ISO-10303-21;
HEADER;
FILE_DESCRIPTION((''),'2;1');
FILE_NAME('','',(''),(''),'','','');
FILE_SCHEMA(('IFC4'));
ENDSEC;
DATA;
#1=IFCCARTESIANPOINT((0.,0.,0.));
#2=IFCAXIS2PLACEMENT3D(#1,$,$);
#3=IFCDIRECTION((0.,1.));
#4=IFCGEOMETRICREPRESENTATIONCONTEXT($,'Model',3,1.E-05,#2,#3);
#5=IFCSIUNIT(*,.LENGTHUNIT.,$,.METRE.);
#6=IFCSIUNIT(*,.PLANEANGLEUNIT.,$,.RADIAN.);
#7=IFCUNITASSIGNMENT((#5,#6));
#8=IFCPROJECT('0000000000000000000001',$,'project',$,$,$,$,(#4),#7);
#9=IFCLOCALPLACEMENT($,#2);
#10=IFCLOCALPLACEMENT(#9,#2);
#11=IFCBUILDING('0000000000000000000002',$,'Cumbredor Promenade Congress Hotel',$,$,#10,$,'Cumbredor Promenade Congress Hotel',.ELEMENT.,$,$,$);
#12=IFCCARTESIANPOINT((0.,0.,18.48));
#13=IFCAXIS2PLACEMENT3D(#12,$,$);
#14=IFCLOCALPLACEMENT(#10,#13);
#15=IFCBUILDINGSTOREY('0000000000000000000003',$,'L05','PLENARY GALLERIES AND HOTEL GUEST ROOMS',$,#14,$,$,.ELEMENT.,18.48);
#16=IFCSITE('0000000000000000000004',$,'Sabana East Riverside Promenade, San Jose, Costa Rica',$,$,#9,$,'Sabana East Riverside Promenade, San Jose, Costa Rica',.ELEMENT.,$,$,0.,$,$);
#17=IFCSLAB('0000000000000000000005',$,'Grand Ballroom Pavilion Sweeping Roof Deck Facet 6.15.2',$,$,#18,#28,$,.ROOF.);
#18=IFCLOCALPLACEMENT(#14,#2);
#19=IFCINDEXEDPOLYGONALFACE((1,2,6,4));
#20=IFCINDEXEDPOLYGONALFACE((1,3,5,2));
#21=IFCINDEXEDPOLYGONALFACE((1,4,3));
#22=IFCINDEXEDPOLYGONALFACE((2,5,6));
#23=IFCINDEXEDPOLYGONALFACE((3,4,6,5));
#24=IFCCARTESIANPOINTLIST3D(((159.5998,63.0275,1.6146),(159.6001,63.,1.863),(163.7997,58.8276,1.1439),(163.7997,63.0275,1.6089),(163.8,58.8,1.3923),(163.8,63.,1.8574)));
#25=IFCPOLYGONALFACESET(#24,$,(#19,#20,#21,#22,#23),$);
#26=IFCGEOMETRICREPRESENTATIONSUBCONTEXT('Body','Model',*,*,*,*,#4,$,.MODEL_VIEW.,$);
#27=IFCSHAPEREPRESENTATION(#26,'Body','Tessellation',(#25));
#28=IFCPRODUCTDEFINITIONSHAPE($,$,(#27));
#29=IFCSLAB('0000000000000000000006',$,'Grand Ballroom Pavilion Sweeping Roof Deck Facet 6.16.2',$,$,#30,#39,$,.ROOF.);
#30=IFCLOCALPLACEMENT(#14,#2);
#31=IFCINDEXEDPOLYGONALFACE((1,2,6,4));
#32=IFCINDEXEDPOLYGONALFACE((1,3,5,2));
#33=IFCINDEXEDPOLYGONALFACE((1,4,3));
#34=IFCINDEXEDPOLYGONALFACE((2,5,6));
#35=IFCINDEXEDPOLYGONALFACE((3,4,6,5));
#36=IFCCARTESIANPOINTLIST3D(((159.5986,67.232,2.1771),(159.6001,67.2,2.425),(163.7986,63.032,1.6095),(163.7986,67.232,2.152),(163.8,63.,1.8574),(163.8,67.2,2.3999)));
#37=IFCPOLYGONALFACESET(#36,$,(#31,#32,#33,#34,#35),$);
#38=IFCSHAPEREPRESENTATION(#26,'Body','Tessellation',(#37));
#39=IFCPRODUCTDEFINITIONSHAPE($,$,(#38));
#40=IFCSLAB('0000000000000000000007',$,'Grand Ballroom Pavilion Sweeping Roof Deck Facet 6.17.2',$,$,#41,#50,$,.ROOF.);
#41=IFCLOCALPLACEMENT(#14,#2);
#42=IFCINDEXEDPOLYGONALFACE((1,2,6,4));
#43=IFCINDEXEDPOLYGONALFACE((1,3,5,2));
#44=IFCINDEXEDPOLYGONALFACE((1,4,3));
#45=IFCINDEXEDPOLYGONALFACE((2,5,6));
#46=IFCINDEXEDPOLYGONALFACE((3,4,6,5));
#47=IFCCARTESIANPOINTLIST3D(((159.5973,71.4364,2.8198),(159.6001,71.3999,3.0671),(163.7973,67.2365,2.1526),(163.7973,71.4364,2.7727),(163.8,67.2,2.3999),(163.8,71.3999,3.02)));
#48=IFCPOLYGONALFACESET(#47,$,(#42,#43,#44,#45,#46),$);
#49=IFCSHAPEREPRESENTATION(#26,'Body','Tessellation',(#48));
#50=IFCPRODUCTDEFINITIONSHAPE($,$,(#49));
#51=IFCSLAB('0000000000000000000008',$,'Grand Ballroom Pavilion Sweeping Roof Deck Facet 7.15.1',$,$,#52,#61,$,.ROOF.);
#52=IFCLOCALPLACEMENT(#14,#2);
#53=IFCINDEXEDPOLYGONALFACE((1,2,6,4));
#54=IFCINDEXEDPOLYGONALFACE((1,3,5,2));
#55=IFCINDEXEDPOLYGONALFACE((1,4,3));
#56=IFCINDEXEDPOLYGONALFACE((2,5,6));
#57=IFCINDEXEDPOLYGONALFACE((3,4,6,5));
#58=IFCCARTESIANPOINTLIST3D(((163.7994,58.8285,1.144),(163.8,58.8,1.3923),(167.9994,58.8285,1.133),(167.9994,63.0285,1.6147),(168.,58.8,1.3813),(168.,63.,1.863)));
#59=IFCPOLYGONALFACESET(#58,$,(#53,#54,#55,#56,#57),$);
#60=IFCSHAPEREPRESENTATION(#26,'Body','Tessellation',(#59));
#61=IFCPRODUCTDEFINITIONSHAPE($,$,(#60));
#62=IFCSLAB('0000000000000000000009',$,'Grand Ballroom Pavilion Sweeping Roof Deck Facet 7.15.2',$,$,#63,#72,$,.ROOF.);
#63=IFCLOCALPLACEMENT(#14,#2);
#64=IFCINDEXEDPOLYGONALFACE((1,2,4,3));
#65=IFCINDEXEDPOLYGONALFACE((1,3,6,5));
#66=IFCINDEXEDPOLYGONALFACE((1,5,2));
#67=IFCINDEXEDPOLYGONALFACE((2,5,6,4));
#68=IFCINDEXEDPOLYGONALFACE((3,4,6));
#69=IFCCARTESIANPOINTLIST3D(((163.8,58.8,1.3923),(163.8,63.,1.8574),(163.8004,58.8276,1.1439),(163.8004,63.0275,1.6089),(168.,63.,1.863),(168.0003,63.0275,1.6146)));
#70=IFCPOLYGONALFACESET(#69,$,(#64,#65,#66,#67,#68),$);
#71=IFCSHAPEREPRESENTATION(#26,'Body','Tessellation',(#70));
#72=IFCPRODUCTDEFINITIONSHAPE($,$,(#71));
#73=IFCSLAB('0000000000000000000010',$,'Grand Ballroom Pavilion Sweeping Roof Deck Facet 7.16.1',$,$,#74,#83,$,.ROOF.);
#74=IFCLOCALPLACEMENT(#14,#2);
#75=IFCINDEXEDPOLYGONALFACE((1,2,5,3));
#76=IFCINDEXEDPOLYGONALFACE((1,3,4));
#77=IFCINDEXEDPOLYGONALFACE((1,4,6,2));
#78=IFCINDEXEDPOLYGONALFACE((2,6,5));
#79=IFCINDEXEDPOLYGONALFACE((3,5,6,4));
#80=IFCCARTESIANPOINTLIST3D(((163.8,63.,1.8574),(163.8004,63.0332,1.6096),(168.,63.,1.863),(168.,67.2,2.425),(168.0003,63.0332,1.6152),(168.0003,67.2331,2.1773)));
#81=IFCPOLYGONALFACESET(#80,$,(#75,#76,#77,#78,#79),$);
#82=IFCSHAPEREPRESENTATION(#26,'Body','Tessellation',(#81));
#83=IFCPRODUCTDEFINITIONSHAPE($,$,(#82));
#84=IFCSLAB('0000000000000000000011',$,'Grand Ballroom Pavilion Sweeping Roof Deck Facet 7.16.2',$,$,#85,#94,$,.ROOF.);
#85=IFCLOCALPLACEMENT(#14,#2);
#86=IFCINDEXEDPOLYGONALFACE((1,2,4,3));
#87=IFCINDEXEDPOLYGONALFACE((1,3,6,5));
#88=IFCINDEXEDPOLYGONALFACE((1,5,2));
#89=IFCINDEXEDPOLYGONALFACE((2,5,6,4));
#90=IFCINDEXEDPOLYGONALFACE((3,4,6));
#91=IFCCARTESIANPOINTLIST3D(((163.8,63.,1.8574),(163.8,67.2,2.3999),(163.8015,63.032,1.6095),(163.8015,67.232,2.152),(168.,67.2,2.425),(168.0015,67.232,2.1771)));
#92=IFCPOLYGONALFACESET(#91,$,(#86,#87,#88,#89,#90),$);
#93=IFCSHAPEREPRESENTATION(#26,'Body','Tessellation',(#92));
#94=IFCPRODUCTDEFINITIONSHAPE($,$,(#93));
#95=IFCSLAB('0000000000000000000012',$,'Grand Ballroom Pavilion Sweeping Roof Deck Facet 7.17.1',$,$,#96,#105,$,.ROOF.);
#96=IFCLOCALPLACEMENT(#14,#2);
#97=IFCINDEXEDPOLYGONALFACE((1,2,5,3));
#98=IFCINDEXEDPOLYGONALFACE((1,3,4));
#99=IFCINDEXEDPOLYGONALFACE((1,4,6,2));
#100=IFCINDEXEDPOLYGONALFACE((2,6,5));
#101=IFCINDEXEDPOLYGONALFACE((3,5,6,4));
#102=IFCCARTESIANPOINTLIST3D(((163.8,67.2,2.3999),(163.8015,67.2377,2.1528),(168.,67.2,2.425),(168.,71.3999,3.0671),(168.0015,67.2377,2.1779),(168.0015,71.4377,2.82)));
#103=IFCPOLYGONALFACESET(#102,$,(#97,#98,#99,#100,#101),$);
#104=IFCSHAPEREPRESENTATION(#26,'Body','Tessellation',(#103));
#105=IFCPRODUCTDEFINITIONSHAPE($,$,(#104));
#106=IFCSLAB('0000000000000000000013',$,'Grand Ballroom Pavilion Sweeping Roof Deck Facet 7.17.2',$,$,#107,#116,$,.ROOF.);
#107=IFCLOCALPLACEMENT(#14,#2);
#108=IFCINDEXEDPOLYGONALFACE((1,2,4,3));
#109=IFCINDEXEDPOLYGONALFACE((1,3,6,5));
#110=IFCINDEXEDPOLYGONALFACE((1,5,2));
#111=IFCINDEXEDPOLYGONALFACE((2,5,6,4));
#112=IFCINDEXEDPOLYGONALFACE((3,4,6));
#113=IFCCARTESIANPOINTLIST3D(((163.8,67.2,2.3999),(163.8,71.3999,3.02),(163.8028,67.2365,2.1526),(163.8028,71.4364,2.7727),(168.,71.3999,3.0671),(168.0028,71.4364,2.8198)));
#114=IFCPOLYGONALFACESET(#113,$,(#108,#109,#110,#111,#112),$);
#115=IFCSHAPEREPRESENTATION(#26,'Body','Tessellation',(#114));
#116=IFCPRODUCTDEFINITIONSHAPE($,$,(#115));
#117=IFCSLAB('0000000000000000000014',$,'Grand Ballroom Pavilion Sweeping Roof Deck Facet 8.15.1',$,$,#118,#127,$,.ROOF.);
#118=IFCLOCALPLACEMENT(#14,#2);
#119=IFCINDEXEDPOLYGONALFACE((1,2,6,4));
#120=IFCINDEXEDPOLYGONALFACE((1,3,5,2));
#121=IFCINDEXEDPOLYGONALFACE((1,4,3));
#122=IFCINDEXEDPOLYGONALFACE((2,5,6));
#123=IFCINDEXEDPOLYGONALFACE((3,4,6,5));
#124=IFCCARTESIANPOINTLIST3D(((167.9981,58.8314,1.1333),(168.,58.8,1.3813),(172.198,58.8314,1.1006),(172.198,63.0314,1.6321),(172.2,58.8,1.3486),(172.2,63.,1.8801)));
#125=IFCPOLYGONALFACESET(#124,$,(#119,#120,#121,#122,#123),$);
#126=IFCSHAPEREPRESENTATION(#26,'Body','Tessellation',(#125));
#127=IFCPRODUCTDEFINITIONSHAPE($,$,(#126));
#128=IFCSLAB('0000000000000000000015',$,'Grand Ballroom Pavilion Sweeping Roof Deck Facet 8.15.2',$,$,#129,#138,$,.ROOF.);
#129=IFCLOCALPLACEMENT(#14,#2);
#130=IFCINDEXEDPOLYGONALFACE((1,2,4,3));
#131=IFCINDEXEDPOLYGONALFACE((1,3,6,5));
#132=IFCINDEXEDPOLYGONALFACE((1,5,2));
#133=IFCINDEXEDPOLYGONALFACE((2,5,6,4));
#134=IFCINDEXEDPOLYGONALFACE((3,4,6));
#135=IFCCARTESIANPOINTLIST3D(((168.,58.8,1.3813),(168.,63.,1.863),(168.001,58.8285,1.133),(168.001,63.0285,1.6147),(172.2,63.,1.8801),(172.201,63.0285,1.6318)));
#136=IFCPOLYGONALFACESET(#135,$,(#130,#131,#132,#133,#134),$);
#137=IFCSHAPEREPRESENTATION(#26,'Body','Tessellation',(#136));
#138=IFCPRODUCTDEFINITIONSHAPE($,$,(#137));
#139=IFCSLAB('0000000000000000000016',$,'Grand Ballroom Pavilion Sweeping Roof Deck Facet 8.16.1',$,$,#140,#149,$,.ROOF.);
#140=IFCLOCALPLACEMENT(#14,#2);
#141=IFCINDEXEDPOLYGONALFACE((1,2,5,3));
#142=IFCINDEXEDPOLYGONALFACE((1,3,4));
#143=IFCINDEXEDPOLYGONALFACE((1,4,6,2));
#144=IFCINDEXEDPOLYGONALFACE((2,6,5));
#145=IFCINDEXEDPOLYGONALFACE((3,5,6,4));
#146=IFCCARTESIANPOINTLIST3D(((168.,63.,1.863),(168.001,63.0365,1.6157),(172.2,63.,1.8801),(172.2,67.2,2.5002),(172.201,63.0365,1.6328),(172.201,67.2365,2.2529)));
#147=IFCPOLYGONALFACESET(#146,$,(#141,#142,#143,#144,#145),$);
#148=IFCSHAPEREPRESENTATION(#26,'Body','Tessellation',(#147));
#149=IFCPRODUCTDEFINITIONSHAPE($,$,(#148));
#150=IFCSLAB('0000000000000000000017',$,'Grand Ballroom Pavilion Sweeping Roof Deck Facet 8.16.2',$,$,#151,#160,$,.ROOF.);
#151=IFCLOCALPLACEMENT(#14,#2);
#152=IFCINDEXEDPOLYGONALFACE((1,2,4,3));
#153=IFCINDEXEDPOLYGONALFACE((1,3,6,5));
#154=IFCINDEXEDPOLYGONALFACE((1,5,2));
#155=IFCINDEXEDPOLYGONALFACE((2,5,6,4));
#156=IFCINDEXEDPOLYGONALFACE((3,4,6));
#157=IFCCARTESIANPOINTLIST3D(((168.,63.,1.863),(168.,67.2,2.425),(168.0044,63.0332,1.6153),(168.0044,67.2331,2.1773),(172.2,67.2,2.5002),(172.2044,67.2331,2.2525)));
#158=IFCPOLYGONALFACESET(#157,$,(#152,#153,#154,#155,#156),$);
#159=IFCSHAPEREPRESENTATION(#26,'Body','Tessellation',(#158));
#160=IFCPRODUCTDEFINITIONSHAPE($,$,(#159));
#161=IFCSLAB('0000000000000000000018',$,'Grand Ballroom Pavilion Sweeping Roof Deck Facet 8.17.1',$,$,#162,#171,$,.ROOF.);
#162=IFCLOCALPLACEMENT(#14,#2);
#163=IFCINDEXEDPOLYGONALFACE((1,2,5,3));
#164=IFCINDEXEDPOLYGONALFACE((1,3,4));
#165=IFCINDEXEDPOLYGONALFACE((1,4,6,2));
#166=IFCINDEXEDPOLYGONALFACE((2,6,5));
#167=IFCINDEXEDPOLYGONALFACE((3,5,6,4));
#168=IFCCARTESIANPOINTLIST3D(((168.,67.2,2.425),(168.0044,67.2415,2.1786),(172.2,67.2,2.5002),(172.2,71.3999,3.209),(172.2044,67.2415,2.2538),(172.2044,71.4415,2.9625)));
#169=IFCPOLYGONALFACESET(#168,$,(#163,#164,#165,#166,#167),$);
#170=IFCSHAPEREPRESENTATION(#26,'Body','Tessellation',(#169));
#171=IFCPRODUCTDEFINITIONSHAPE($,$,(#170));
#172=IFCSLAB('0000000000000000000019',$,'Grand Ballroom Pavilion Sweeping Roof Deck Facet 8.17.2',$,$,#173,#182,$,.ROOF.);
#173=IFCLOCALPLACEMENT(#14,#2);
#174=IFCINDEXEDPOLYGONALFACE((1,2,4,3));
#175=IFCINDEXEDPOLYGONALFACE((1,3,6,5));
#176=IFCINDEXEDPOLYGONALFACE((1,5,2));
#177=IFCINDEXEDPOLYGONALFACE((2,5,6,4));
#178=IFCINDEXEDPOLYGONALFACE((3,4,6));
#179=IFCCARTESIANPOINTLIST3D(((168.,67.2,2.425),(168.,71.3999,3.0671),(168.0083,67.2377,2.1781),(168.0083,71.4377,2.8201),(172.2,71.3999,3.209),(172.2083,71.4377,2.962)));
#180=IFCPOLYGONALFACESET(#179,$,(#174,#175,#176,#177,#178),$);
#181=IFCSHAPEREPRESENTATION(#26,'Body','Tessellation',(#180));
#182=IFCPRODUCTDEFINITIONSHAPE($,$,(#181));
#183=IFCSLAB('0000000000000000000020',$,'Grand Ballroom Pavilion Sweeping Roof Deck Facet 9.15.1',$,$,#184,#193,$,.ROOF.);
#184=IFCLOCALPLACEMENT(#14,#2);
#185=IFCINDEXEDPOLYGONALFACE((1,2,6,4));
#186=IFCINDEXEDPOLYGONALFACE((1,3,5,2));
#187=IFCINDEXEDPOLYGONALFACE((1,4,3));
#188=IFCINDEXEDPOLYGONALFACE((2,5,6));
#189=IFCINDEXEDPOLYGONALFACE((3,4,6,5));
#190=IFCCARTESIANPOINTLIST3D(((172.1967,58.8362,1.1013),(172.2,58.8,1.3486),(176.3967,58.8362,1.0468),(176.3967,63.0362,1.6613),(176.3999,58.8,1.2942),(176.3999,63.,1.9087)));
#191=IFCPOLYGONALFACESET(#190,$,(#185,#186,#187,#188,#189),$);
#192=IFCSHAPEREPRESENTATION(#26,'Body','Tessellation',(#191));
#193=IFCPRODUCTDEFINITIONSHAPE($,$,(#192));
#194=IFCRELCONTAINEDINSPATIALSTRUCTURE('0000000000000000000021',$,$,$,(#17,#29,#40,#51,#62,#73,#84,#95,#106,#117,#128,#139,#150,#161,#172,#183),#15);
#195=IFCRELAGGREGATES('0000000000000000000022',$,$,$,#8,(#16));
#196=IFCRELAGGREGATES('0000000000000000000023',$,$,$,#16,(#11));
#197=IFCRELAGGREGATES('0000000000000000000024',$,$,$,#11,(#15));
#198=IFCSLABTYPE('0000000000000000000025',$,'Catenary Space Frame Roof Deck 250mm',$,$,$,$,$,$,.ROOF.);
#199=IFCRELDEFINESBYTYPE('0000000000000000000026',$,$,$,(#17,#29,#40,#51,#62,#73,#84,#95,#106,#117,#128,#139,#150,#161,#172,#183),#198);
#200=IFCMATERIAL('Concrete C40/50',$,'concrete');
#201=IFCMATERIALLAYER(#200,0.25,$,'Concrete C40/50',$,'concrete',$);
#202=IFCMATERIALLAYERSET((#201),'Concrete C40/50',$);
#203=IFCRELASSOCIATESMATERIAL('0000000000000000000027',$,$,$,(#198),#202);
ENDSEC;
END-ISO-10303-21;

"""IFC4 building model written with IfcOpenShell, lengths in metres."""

from ifc_helpers import new_model, si_unit, direction, frame, origin, place, context, subcontext, project, spatial, polyline, outline, extrude, material, layer, layer_set, type_object, element, save


model = new_model("IFC4")

# Units and contexts
model_context = context("Model", 3, precision=1e-05, world=origin(), true_north=direction((0.0, 1.0)))
body_context = subcontext(model_context, "Body", "Model", "MODEL_VIEW")
ifc_project = project(units=[si_unit("LENGTHUNIT", "METRE"), si_unit("PLANEANGLEUNIT", "RADIAN")], contexts=[model_context])

# Site, building, storey
site_placement = place(None, origin())
site = spatial("IfcSite", under=ifc_project, at=site_placement, Name="Sabana East Riverside Promenade, San Jose, Costa Rica", LongName="Sabana East Riverside Promenade, San Jose, Costa Rica", CompositionType="ELEMENT", RefElevation=0.0)
building_placement = place(site_placement, origin())
building = spatial("IfcBuilding", under=site, at=building_placement, Name="Cumbredor Promenade Congress Hotel", LongName="Cumbredor Promenade Congress Hotel", CompositionType="ELEMENT")
storey_placement = place(building_placement, frame((0.0, 0.0, 18.48)))
storey = spatial("IfcBuildingStorey", under=building, at=storey_placement, Name="L05", Description="PLENARY GALLERIES AND HOTEL GUEST ROOMS", CompositionType="ELEMENT", Elevation=18.48)

# Slabs
ifc_material_1 = material(Name="Concrete C40/50", Category="concrete")
ifc_layer_1 = layer(ifc_material_1, 0.25, Name="Concrete C40/50", Category="concrete")
ifc_layer_set_1 = layer_set([ifc_layer_1], Name="Concrete C40/50")
slab_type = type_object("IfcSlabType", Name="Catenary Space Frame Roof Deck 250mm", PredefinedType="ROOF", material=ifc_layer_set_1)
slab_1_placement = place(storey_placement, frame((163.8, 58.8, 1.3923), z_axis=(0.001329, -0.110064, 0.993924), x_axis=(0.0, 0.993925, 0.110064)))
element("IfcSlab", 1, at=slab_1_placement, inside=storey, type_object=slab_type, Name="Grand Ballroom Pavilion Sweeping Roof Deck Facet 6.15.2", PredefinedType="ROOF", context=body_context, shape_type="SweptSolid", body=[
    extrude(outline(polyline([(0.0, 0.0), (4.2256, 0.0), (4.2262, 4.2), (0.0, 0.0)])), origin(), (0.0, 0.0, -1.0), 0.25),
])
slab_2_placement = place(storey_placement, frame((163.8, 63.0, 1.8574), z_axis=(0.005938, -0.128097, 0.991744), x_axis=(0.0, 0.991761, 0.128099)))
element("IfcSlab", 2, at=slab_2_placement, inside=storey, type_object=slab_type, Name="Grand Ballroom Pavilion Sweeping Roof Deck Facet 6.16.2", PredefinedType="ROOF", context=body_context, shape_type="SweptSolid", body=[
    extrude(outline(polyline([(0.0, 0.0), (4.2348, 0.0), (4.2381, 4.2), (0.0, 0.0)])), origin(), (0.0, 0.0, -1.0), 0.25),
])
slab_3_placement = place(storey_placement, frame((163.8, 67.2, 2.3999), z_axis=(0.011098, -0.146056, 0.989214), x_axis=(0.0, 0.989275, 0.146065)))
element("IfcSlab", 3, at=slab_3_placement, inside=storey, type_object=slab_type, Name="Grand Ballroom Pavilion Sweeping Roof Deck Facet 6.17.2", PredefinedType="ROOF", context=body_context, shape_type="SweptSolid", body=[
    extrude(outline(polyline([(0.0, 0.0), (4.2455, 0.0), (4.2524, 4.2002), (0.0, 0.0)])), origin(), (0.0, 0.0, -1.0), 0.25),
])
slab_4_placement = place(storey_placement, frame((163.8, 58.8, 1.3923), z_axis=(0.002599, -0.113942, 0.993484), x_axis=(0.999997, 0.0, -0.002616)))
element("IfcSlab", 4, at=slab_4_placement, inside=storey, type_object=slab_type, Name="Grand Ballroom Pavilion Sweeping Roof Deck Facet 7.15.1", PredefinedType="ROOF", context=body_context, shape_type="SweptSolid", body=[
    extrude(outline(polyline([(0.0, 0.0), (4.2, 0.0), (4.1987, 4.2275), (0.0, 0.0)])), origin(), (0.0, 0.0, -1.0), 0.25),
])
slab_5_placement = place(storey_placement, frame((163.8, 58.8, 1.3923), z_axis=(-0.001329, -0.110064, 0.993924), x_axis=(0.704897, 0.704897, 0.079)))
element("IfcSlab", 5, at=slab_5_placement, inside=storey, type_object=slab_type, Name="Grand Ballroom Pavilion Sweeping Roof Deck Facet 7.15.2", PredefinedType="ROOF", context=body_context, shape_type="SweptSolid", body=[
    extrude(outline(polyline([(0.0, 0.0), (5.9582, 0.0), (2.9973, 2.9786), (0.0, 0.0)])), origin(), (0.0, 0.0, -1.0), 0.25),
])
slab_6_placement = place(storey_placement, frame((163.8, 63.0, 1.8574), z_axis=(-0.001325, -0.132632, 0.991165), x_axis=(0.999999, 0.0, 0.001337)))
element("IfcSlab", 6, at=slab_6_placement, inside=storey, type_object=slab_type, Name="Grand Ballroom Pavilion Sweeping Roof Deck Facet 7.16.1", PredefinedType="ROOF", context=body_context, shape_type="SweptSolid", body=[
    extrude(outline(polyline([(0.0, 0.0), (4.2, 0.0), (4.2007, 4.2374), (0.0, 0.0)])), origin(), (0.0, 0.0, -1.0), 0.25),
])
slab_7_placement = place(storey_placement, frame((163.8, 63.0, 1.8574), z_axis=(-0.005938, -0.128097, 0.991744), x_axis=(0.7039, 0.7039, 0.095133)))
element("IfcSlab", 7, at=slab_7_placement, inside=storey, type_object=slab_type, Name="Grand Ballroom Pavilion Sweeping Roof Deck Facet 7.16.2", PredefinedType="ROOF", context=body_context, shape_type="SweptSolid", body=[
    extrude(outline(polyline([(0.0, 0.0), (5.9667, 0.0), (3.008, 2.981), (0.0, 0.0)])), origin(), (0.0, 0.0, -1.0), 0.25),
])
slab_8_placement = place(storey_placement, frame((163.8, 67.2, 2.3999), z_axis=(-0.005918, -0.151122, 0.988497), x_axis=(0.999982, 0.0, 0.005987)))
element("IfcSlab", 8, at=slab_8_placement, inside=storey, type_object=slab_type, Name="Grand Ballroom Pavilion Sweeping Roof Deck Facet 7.17.1", PredefinedType="ROOF", context=body_context, shape_type="SweptSolid", body=[
    extrude(outline(polyline([(0.0, 0.0), (4.2, 0.0), (4.2039, 4.2487), (0.0, 0.0)])), origin(), (0.0, 0.0, -1.0), 0.25),
])
slab_9_placement = place(storey_placement, frame((163.8, 67.2, 2.3999), z_axis=(-0.011098, -0.146056, 0.989214), x_axis=(0.702687, 0.702687, 0.111634)))
element("IfcSlab", 9, at=slab_9_placement, inside=storey, type_object=slab_type, Name="Grand Ballroom Pavilion Sweeping Roof Deck Facet 7.17.2", PredefinedType="ROOF", context=body_context, shape_type="SweptSolid", body=[
    extrude(outline(polyline([(0.0, 0.0), (5.977, 0.0), (3.0205, 2.9834), (0.0, 0.0)])), origin(), (0.0, 0.0, -1.0), 0.25),
])
slab_10_placement = place(storey_placement, frame((168.0, 58.8, 1.3813), z_axis=(0.007727, -0.125543, 0.992058), x_axis=(0.99997, 0.0, -0.007789)))
element("IfcSlab", 10, at=slab_10_placement, inside=storey, type_object=slab_type, Name="Grand Ballroom Pavilion Sweeping Roof Deck Facet 8.15.1", PredefinedType="ROOF", context=body_context, shape_type="SweptSolid", body=[
    extrude(outline(polyline([(0.0, 0.0), (4.2001, 0.0), (4.1959, 4.2334), (0.0, 0.0)])), origin(), (0.0, 0.0, -1.0), 0.25),
])
slab_11_placement = place(storey_placement, frame((168.0, 58.8, 1.3813), z_axis=(-0.004043, -0.113941, 0.993479), x_axis=(0.704627, 0.704627, 0.08368)))
element("IfcSlab", 11, at=slab_11_placement, inside=storey, type_object=slab_type, Name="Grand Ballroom Pavilion Sweeping Roof Deck Facet 8.15.2", PredefinedType="ROOF", context=body_context, shape_type="SweptSolid", body=[
    extrude(outline(polyline([(0.0, 0.0), (5.9605, 0.0), (2.9997, 2.9788), (0.0, 0.0)])), origin(), (0.0, 0.0, -1.0), 0.25),
])
slab_12_placement = place(storey_placement, frame((168.0, 63.0, 1.863), z_axis=(-0.004025, -0.146064, 0.989267), x_axis=(0.999992, 0.0, 0.004069)))
element("IfcSlab", 12, at=slab_12_placement, inside=storey, type_object=slab_type, Name="Grand Ballroom Pavilion Sweeping Roof Deck Facet 8.16.1", PredefinedType="ROOF", context=body_context, shape_type="SweptSolid", body=[
    extrude(outline(polyline([(0.0, 0.0), (4.2, 0.0), (4.2025, 4.2455), (0.0, 0.0)])), origin(), (0.0, 0.0, -1.0), 0.25),
])
slab_13_placement = place(storey_placement, frame((168.0, 63.0, 1.863), z_axis=(-0.017743, -0.132611, 0.991009), x_axis=(0.703072, 0.703072, 0.106669)))
element("IfcSlab", 13, at=slab_13_placement, inside=storey, type_object=slab_type, Name="Grand Ballroom Pavilion Sweeping Roof Deck Facet 8.16.2", PredefinedType="ROOF", context=body_context, shape_type="SweptSolid", body=[
    extrude(outline(polyline([(0.0, 0.0), (5.9737, 0.0), (3.0128, 2.9797), (0.0, 0.0)])), origin(), (0.0, 0.0, -1.0), 0.25),
])
slab_14_placement = place(storey_placement, frame((168.0, 67.2, 2.425), z_axis=(-0.017652, -0.166371, 0.985905), x_axis=(0.99984, 0.0, 0.017901)))
element("IfcSlab", 14, at=slab_14_placement, inside=storey, type_object=slab_type, Name="Grand Ballroom Pavilion Sweeping Roof Deck Facet 8.17.1", PredefinedType="ROOF", context=body_context, shape_type="SweptSolid", body=[
    extrude(outline(polyline([(0.0, 0.0), (4.2006, 0.0), (4.2133, 4.2593), (0.0, 0.0)])), origin(), (0.0, 0.0, -1.0), 0.25),
])
slab_15_placement = place(storey_placement, frame((168.0, 67.2, 2.425), z_axis=(-0.033367, -0.15104, 0.987964), x_axis=(0.701027, 0.701027, 0.130849)))
element("IfcSlab", 15, at=slab_15_placement, inside=storey, type_object=slab_type, Name="Grand Ballroom Pavilion Sweeping Roof Deck Facet 8.17.2", PredefinedType="ROOF", context=body_context, shape_type="SweptSolid", body=[
    extrude(outline(polyline([(0.0, 0.0), (5.9911, 0.0), (3.0283, 2.9801), (0.0, 0.0)])), origin(), (0.0, 0.0, -1.0), 0.25),
])
slab_16_placement = place(storey_placement, frame((172.2, 58.8, 1.3486), z_axis=(0.012825, -0.144758, 0.989384), x_axis=(0.999916, 0.0, -0.012962)))
element("IfcSlab", 16, at=slab_16_placement, inside=storey, type_object=slab_type, Name="Grand Ballroom Pavilion Sweeping Roof Deck Facet 9.15.1", PredefinedType="ROOF", context=body_context, shape_type="SweptSolid", body=[
    extrude(outline(polyline([(0.0, 0.0), (4.2003, 0.0), (4.1923, 4.2447), (0.0, 0.0)])), origin(), (0.0, 0.0, -1.0), 0.25),
])

save(model, "model.ifc")
